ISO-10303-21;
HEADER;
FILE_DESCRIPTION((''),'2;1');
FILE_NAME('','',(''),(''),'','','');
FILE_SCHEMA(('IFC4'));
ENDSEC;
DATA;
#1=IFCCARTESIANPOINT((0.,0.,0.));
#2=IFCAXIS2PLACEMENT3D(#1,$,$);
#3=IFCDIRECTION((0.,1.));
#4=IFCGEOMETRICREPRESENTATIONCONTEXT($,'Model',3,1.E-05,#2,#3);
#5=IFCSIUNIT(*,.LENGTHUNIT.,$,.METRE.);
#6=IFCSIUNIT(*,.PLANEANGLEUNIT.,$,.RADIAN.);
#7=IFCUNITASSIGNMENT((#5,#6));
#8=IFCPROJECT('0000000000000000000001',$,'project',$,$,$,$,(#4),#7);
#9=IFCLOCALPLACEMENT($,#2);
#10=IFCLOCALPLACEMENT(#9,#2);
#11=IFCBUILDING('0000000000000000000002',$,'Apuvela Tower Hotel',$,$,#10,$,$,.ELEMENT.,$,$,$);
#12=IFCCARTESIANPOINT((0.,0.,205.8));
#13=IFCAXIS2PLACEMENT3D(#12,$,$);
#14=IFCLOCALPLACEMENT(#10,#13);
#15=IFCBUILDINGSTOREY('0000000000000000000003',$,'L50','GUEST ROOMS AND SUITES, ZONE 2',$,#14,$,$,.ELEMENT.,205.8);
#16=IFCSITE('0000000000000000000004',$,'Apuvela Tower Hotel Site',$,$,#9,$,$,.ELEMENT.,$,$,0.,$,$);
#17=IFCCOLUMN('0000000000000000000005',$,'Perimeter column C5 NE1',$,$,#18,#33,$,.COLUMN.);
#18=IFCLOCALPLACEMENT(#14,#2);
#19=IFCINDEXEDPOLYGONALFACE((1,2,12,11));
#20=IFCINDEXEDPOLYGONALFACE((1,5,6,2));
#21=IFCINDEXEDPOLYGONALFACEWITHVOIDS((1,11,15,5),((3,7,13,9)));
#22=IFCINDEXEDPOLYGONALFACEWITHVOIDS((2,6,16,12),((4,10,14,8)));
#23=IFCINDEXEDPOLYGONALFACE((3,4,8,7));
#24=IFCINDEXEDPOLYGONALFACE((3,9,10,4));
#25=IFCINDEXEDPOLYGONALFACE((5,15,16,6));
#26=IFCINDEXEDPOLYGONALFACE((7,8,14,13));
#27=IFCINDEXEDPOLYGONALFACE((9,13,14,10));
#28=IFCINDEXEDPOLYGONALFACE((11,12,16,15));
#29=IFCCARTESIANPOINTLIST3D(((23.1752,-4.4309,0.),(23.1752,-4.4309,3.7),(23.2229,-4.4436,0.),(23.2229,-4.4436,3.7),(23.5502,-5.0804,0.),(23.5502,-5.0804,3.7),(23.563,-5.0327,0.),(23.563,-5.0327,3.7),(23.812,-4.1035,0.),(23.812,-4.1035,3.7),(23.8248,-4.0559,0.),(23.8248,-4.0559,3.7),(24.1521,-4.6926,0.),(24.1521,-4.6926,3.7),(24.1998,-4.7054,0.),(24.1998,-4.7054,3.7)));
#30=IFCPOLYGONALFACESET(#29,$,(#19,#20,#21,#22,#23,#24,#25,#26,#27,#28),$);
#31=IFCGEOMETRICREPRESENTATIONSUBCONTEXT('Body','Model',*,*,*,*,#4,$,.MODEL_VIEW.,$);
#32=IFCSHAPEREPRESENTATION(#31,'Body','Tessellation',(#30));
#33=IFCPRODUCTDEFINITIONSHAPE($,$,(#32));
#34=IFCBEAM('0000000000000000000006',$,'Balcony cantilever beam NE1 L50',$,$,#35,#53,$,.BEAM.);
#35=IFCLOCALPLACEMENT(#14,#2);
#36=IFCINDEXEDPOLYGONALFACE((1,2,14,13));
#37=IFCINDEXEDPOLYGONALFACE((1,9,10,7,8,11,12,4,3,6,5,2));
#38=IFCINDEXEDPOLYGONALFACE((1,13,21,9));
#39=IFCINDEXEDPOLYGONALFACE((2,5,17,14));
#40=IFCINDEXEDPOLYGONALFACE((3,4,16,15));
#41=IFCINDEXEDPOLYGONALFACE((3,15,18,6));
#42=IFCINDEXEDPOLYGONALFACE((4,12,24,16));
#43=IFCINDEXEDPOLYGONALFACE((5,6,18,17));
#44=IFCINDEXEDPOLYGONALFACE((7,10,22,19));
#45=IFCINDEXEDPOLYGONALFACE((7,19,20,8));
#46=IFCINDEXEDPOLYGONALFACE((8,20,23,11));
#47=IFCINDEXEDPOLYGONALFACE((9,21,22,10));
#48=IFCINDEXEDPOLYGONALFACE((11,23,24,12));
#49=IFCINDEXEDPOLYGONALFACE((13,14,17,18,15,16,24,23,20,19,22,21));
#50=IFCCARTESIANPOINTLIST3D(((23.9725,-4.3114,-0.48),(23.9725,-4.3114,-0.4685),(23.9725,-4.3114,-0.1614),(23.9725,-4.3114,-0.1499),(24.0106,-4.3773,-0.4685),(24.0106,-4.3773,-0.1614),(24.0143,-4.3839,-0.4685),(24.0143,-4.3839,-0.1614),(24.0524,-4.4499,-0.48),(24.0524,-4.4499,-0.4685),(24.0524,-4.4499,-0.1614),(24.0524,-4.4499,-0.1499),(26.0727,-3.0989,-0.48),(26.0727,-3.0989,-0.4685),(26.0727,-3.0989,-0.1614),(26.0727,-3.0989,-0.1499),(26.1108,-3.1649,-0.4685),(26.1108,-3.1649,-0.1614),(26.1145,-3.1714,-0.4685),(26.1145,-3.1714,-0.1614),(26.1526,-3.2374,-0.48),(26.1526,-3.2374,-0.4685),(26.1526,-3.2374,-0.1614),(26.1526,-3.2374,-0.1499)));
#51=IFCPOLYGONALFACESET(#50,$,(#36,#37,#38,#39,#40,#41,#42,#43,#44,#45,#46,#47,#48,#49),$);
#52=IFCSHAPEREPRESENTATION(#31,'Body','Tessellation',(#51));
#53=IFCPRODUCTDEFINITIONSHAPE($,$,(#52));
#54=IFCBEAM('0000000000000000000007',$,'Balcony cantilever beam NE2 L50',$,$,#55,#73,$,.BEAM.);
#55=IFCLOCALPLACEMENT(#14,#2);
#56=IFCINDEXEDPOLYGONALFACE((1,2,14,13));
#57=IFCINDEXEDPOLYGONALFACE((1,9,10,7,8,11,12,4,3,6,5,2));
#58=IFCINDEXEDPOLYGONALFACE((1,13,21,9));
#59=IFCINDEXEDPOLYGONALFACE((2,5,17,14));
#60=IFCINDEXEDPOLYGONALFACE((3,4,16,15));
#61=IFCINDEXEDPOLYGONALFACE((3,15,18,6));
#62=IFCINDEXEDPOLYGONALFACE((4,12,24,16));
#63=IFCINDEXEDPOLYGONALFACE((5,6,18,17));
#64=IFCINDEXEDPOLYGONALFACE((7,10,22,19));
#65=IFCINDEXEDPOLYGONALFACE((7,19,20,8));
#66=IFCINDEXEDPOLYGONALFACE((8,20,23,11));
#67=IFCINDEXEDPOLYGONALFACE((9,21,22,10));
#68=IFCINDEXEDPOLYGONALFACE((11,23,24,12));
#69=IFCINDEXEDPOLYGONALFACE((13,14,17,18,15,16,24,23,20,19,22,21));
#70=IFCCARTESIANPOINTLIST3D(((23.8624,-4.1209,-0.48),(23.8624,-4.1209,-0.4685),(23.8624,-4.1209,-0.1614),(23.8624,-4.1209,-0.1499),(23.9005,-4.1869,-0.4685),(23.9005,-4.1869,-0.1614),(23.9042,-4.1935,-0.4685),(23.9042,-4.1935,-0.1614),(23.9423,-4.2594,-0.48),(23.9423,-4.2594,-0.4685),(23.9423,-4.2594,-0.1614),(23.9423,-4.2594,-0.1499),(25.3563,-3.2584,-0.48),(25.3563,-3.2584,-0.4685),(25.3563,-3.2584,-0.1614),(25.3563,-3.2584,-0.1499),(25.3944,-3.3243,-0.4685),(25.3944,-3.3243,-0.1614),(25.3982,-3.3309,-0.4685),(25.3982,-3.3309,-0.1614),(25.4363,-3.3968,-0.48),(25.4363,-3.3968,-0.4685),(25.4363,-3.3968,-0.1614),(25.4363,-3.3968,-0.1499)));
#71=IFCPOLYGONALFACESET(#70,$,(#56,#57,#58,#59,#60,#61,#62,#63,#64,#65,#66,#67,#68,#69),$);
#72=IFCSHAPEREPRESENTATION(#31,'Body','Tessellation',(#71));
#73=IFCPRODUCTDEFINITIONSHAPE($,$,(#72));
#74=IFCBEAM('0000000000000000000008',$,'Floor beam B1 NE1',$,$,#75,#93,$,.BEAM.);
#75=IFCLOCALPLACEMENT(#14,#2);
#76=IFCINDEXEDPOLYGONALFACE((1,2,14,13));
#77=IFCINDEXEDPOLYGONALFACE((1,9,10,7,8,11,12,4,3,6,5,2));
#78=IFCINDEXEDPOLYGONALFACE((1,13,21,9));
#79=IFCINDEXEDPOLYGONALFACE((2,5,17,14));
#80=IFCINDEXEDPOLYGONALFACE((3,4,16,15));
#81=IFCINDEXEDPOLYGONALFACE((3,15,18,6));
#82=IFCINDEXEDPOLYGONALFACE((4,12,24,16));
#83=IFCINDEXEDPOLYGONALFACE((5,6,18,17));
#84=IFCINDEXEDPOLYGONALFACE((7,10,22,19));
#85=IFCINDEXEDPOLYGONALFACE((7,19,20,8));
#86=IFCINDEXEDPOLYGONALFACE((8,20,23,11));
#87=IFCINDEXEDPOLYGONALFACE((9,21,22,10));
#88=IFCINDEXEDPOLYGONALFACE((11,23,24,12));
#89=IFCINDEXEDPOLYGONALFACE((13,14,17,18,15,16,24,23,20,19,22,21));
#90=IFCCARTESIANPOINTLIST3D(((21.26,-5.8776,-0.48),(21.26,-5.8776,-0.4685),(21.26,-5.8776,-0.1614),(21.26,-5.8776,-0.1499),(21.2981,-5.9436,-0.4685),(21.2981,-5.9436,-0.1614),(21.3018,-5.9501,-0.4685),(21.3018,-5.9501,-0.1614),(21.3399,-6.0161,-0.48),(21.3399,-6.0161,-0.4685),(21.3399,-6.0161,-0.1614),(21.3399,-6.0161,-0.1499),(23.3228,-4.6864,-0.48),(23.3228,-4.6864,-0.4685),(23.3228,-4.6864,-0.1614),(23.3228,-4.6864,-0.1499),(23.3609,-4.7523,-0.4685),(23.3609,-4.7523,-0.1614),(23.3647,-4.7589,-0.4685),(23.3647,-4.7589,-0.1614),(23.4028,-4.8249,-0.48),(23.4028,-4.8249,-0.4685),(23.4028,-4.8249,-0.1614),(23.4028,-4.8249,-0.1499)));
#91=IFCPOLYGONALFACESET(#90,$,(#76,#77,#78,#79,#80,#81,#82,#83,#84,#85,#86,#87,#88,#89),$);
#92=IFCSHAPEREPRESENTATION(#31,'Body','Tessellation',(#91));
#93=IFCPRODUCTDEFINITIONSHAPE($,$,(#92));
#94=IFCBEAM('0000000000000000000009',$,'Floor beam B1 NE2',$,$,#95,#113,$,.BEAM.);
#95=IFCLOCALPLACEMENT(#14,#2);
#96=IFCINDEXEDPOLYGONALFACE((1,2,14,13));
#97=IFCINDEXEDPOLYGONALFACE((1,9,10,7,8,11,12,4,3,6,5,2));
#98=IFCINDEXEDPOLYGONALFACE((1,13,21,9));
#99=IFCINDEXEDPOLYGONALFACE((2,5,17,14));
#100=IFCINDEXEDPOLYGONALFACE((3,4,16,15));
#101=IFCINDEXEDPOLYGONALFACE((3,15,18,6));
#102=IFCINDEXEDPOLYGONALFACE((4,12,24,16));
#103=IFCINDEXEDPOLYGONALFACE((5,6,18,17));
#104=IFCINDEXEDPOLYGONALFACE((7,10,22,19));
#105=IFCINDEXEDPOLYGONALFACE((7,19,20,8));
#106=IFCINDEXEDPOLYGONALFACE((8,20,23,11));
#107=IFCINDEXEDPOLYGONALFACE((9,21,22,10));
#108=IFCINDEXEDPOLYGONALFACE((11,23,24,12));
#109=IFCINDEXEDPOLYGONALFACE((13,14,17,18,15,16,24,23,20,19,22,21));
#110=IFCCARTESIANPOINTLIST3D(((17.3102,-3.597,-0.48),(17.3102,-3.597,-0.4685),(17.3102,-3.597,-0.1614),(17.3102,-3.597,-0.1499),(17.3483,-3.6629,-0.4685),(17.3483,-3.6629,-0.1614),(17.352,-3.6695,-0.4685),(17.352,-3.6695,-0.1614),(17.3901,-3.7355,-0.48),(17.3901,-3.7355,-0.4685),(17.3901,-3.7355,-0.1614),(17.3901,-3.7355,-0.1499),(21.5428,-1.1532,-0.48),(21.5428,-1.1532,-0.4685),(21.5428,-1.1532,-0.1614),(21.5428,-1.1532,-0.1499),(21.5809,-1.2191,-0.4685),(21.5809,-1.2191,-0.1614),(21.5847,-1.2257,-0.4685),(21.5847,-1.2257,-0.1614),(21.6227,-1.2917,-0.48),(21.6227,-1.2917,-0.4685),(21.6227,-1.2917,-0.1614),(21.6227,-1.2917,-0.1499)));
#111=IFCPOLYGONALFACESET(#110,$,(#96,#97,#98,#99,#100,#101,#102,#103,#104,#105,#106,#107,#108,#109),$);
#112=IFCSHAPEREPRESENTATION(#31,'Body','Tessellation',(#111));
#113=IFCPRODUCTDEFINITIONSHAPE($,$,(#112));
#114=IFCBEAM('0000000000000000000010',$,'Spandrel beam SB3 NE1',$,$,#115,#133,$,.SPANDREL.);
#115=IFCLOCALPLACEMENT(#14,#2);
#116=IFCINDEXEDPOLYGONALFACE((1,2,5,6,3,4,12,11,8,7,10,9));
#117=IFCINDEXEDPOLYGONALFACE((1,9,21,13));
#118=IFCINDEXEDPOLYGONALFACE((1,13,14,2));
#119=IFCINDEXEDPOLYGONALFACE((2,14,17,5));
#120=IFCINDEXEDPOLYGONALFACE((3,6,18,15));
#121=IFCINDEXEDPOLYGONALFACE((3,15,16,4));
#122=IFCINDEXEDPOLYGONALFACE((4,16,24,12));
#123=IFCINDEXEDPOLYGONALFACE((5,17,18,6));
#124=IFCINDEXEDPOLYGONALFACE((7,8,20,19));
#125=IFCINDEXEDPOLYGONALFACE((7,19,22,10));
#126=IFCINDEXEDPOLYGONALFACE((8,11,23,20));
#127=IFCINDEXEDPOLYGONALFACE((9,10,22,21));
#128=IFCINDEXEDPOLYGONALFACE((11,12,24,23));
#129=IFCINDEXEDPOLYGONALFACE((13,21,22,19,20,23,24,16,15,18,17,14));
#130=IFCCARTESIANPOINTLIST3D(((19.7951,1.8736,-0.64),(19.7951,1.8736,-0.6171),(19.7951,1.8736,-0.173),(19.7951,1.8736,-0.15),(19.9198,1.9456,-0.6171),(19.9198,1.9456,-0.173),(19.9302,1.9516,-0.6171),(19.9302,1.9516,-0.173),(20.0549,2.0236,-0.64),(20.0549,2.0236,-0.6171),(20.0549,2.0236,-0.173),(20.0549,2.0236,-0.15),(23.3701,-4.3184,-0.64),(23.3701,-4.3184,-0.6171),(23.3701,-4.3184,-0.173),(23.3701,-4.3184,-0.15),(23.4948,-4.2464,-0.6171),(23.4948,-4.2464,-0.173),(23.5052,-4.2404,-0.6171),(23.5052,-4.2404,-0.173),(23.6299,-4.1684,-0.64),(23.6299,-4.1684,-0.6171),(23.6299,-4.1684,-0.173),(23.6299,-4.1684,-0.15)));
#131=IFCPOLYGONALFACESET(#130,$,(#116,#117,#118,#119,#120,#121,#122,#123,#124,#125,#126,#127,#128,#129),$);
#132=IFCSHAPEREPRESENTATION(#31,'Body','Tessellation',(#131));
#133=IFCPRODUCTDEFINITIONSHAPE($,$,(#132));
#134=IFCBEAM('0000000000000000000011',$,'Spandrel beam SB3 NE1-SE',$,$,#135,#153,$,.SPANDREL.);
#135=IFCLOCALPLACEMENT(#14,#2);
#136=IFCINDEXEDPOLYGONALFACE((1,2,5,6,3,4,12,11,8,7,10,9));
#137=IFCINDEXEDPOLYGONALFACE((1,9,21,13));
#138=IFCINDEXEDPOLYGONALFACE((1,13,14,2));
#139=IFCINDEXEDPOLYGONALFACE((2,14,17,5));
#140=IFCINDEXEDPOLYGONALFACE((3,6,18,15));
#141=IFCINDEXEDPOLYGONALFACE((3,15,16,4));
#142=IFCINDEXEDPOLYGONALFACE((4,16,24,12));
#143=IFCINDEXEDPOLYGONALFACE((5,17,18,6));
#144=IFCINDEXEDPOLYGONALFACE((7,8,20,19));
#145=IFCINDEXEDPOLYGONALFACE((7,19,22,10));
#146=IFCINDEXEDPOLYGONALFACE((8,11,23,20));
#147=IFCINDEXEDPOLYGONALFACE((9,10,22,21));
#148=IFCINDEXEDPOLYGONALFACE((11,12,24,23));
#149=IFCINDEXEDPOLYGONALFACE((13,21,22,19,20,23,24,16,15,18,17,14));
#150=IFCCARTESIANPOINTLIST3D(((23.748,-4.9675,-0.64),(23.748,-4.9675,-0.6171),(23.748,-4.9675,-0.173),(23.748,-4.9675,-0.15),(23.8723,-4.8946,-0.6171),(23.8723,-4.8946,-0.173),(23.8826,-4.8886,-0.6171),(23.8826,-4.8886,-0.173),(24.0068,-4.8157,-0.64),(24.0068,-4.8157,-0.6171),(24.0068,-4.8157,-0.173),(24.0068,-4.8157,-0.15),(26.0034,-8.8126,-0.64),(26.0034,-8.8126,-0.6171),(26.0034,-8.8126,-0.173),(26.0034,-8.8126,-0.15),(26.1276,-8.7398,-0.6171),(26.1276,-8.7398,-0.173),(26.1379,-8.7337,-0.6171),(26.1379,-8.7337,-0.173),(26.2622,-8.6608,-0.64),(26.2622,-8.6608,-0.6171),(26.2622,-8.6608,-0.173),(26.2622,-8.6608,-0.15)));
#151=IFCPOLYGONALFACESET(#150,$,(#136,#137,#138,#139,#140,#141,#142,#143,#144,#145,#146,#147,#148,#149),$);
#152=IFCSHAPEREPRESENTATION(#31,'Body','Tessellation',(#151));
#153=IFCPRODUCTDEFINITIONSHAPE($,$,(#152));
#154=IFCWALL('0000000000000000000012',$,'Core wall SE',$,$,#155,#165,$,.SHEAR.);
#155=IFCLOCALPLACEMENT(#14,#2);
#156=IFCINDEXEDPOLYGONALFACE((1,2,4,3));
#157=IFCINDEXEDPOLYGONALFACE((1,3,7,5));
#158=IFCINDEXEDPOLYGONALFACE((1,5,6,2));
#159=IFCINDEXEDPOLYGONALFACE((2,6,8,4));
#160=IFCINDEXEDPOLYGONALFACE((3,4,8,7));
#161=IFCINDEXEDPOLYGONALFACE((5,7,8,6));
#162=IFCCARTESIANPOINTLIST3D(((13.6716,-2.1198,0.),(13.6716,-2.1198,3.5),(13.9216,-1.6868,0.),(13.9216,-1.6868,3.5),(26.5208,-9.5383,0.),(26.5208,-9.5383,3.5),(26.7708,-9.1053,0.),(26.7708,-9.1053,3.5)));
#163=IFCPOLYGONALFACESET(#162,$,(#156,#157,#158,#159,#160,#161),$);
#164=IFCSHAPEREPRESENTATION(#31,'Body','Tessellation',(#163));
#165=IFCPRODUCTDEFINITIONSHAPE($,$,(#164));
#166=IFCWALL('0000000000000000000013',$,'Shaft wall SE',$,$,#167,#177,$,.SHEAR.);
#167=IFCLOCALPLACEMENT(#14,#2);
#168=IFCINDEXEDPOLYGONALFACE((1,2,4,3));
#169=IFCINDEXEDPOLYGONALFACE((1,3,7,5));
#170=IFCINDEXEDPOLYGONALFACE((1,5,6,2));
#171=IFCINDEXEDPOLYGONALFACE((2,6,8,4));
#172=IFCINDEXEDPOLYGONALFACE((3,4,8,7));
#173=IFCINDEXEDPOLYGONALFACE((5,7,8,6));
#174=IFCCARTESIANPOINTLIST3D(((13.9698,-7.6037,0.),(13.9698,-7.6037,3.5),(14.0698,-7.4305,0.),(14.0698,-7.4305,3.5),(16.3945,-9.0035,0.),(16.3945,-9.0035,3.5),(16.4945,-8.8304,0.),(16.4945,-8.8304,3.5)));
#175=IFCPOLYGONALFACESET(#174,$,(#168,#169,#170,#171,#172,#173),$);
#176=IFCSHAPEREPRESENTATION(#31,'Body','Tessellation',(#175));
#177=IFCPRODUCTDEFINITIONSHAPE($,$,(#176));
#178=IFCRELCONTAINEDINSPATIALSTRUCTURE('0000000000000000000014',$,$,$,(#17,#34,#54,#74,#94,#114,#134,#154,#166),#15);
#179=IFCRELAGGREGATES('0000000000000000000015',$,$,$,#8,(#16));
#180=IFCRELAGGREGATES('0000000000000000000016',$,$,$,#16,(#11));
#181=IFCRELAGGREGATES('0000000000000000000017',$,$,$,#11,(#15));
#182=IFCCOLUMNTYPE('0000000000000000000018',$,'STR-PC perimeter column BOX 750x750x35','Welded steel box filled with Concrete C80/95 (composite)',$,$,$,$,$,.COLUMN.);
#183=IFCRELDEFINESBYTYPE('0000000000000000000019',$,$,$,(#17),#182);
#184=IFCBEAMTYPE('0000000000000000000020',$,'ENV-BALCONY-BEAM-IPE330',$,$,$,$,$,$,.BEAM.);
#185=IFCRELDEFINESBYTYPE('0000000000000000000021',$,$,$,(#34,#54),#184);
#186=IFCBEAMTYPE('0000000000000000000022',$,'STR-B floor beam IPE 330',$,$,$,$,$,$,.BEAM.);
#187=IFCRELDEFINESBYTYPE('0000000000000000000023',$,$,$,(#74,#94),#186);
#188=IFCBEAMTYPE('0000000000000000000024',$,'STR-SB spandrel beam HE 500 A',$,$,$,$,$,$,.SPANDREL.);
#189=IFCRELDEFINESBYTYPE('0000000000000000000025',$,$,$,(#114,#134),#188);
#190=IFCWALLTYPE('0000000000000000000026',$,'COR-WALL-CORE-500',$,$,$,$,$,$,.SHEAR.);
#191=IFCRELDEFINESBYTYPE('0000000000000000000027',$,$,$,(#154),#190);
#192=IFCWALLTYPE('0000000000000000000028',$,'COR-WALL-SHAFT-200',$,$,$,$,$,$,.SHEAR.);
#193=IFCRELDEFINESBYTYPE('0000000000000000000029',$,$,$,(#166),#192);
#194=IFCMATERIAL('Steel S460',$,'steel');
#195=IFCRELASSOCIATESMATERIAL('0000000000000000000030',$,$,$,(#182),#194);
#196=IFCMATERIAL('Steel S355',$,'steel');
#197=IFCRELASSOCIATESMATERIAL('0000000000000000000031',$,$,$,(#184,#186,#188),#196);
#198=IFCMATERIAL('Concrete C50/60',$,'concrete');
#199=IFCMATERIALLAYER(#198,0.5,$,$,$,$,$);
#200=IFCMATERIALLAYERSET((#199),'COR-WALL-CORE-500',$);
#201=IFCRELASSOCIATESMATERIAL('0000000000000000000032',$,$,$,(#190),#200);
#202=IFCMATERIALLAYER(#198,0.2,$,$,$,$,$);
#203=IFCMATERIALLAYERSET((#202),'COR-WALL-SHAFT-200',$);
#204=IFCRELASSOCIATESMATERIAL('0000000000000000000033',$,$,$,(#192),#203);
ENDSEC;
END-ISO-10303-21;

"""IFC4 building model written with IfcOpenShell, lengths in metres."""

from ifc_helpers import new_model, si_unit, direction, frame, frame_2d, origin, origin_2d, place, context, subcontext, project, spatial, rectangle, hollow_rectangle, i_section, extrude, material, layer, layer_set, material_profile, profile_set, type_object, element, save


model = new_model("IFC4")

# Units and contexts
model_context = context("Model", 3, precision=1e-05, world=origin(), true_north=direction((0.0, 1.0)))
body_context = subcontext(model_context, "Body", "Model", "MODEL_VIEW")
ifc_project = project(units=[si_unit("LENGTHUNIT", "METRE"), si_unit("PLANEANGLEUNIT", "RADIAN")], contexts=[model_context])

# Site, building, storey
site_placement = place(None, origin())
site = spatial("IfcSite", under=ifc_project, at=site_placement, Name="Apuvela Tower Hotel Site", CompositionType="ELEMENT", RefElevation=0.0)
building_placement = place(site_placement, origin())
building = spatial("IfcBuilding", under=site, at=building_placement, Name="Apuvela Tower Hotel", CompositionType="ELEMENT")
storey_placement = place(building_placement, frame((0.0, 0.0, 205.8)))
storey = spatial("IfcBuildingStorey", under=building, at=storey_placement, Name="L50", Description="GUEST ROOMS AND SUITES, ZONE 2", CompositionType="ELEMENT", Elevation=205.8)

# Column
ifc_material_1 = material(Name="Steel S460", Category="steel")
ifc_material_profile_1 = material_profile(ifc_material_1, hollow_rectangle(XDim=0.75, YDim=0.75, WallThickness=0.0349, at=origin_2d()), Name="BOX 750x750x35")
ifc_material_2 = material(Name="Concrete C80/95", Category="concrete")
ifc_material_profile_2 = material_profile(ifc_material_2, rectangle(XDim=0.6799, YDim=0.6799, at=origin_2d()), Name="Concrete C80/95 infill")
ifc_profile_set_1 = profile_set([ifc_material_profile_1, ifc_material_profile_2], Name="Steel S460")
column_type = type_object("IfcColumnType", Name="STR-PC perimeter column BOX 750x750x35", Description="Welded steel box filled with Concrete C80/95 (composite)", PredefinedType="COLUMN", material=ifc_profile_set_1)
column_placement = place(storey_placement, frame((23.6875, -4.5681, 0.0), z_axis=(0.0, 0.0, 1.0), x_axis=(-0.5, 0.866025, 0.0)))
element("IfcColumn", 1, at=column_placement, inside=storey, type_object=column_type, Name="Perimeter column C5 NE1", PredefinedType="COLUMN", context=body_context, shape_type="SweptSolid", body=[
    extrude(hollow_rectangle(XDim=0.75, YDim=0.75, WallThickness=0.0349, at=origin_2d()), origin(), (0.0, 0.0, 1.0), 3.7),
])

# Beams
ifc_material_3 = material(Name="Steel S355", Category="steel")
ifc_material_profile_3 = material_profile(ifc_material_3, i_section(OverallWidth=0.1599, OverallDepth=0.3301, WebThickness=0.0076, FlangeThickness=0.0115, at=origin_2d()), Name="IPE 330")
ifc_profile_set_2 = profile_set([ifc_material_profile_3], Name="Steel S355")
beam_type_1 = type_object("IfcBeamType", Name="ENV-BALCONY-BEAM-IPE330", PredefinedType="BEAM", material=ifc_profile_set_2)
beam_1_placement = place(storey_placement, frame((24.0125, -4.3806, -0.3149), z_axis=(0.866041, 0.499972, 0.0), x_axis=(-0.499972, 0.866041, 0.0)))
element("IfcBeam", 2, at=beam_1_placement, inside=storey, type_object=beam_type_1, Name="Balcony cantilever beam NE1 L50", PredefinedType="BEAM", context=body_context, shape_type="SweptSolid", body=[
    extrude(i_section(OverallWidth=0.1599, OverallDepth=0.3301, WebThickness=0.0076, FlangeThickness=0.0115, at=origin_2d()), origin(), (0.0, 0.0, 1.0), 2.425),
])
beam_2_placement = place(storey_placement, frame((23.9023, -4.1902, -0.3149), z_axis=(0.866014, 0.500021, 0.0), x_axis=(-0.500021, 0.866014, 0.0)))
element("IfcBeam", 3, at=beam_2_placement, inside=storey, type_object=beam_type_1, Name="Balcony cantilever beam NE2 L50", PredefinedType="BEAM", context=body_context, shape_type="SweptSolid", body=[
    extrude(i_section(OverallWidth=0.1599, OverallDepth=0.3301, WebThickness=0.0076, FlangeThickness=0.0115, at=origin_2d()), origin(), (0.0, 0.0, 1.0), 1.7251),
])
ifc_material_profile_4 = material_profile(ifc_material_3, i_section(OverallWidth=0.1599, OverallDepth=0.3301, WebThickness=0.0076, FlangeThickness=0.0115, at=origin_2d()), Name="IPE 330")
ifc_profile_set_3 = profile_set([ifc_material_profile_4], Name="Steel S355")
beam_type_2 = type_object("IfcBeamType", Name="STR-B floor beam IPE 330", PredefinedType="BEAM", material=ifc_profile_set_3)
beam_3_placement = place(storey_placement, frame((23.3628, -4.7556, -0.3149), z_axis=(-0.865982, -0.500074, 0.0), x_axis=(0.500074, -0.865982, 0.0)))
element("IfcBeam", 4, at=beam_3_placement, inside=storey, type_object=beam_type_2, Name="Floor beam B1 NE1", PredefinedType="BEAM", context=body_context, shape_type="SweptSolid", body=[
    extrude(i_section(OverallWidth=0.1599, OverallDepth=0.3301, WebThickness=0.0076, FlangeThickness=0.0115, at=origin_2d()), origin(), (0.0, 0.0, 1.0), 2.3821),
])
beam_4_placement = place(storey_placement, frame((21.5828, -1.2224, -0.3149), z_axis=(-0.866015, -0.500018, 0.0), x_axis=(0.500018, -0.866015, 0.0)))
element("IfcBeam", 5, at=beam_4_placement, inside=storey, type_object=beam_type_2, Name="Floor beam B1 NE2", PredefinedType="BEAM", context=body_context, shape_type="SweptSolid", body=[
    extrude(i_section(OverallWidth=0.1599, OverallDepth=0.3301, WebThickness=0.0076, FlangeThickness=0.0115, at=origin_2d()), origin(), (0.0, 0.0, 1.0), 4.8875),
])
ifc_material_profile_5 = material_profile(ifc_material_3, i_section(OverallWidth=0.3, OverallDepth=0.49, WebThickness=0.012, FlangeThickness=0.0229, at=origin_2d()), Name="HE 500 A")
ifc_profile_set_4 = profile_set([ifc_material_profile_5], Name="Steel S355")
beam_type_3 = type_object("IfcBeamType", Name="STR-SB spandrel beam HE 500 A", PredefinedType="SPANDREL", material=ifc_profile_set_4)
beam_5_placement = place(storey_placement, frame((23.5, -4.2434, -0.395), z_axis=(-0.500006, 0.866022, 0.0), x_axis=(-0.866022, -0.500006, 0.0)))
element("IfcBeam", 6, at=beam_5_placement, inside=storey, type_object=beam_type_3, Name="Spandrel beam SB3 NE1", PredefinedType="SPANDREL", context=body_context, shape_type="SweptSolid", body=[
    extrude(i_section(OverallWidth=0.3, OverallDepth=0.49, WebThickness=0.012, FlangeThickness=0.0229, at=origin_2d()), origin(), (0.0, 0.0, 1.0), 7.1499),
])
beam_6_placement = place(storey_placement, frame((23.8774, -4.8916, -0.395), z_axis=(0.505933, -0.862573, 0.0), x_axis=(0.862573, 0.505933, 0.0)))
element("IfcBeam", 7, at=beam_6_placement, inside=storey, type_object=beam_type_3, Name="Spandrel beam SB3 NE1-SE", PredefinedType="SPANDREL", context=body_context, shape_type="SweptSolid", body=[
    extrude(i_section(OverallWidth=0.3, OverallDepth=0.49, WebThickness=0.012, FlangeThickness=0.0229, at=origin_2d()), origin(), (0.0, 0.0, 1.0), 4.4578),
])

# Walls
ifc_material_4 = material(Name="Concrete C50/60", Category="concrete")
ifc_layer_1 = layer(ifc_material_4, 0.5)
ifc_layer_set_1 = layer_set([ifc_layer_1], Name="COR-WALL-CORE-500")
wall_type_1 = type_object("IfcWallType", Name="COR-WALL-CORE-500", PredefinedType="SHEAR", material=ifc_layer_set_1)
wall_1_placement = place(storey_placement, frame((13.7966, -1.9033, 0.0), z_axis=(0.0, 0.0, 1.0), x_axis=(0.866025, -0.500001, 0.0)))
element("IfcWall", 8, at=wall_1_placement, inside=storey, type_object=wall_type_1, Name="Core wall SE", PredefinedType="SHEAR", context=body_context, shape_type="SweptSolid", body=[
    extrude(rectangle(XDim=14.8369, YDim=0.5, at=frame_2d((7.4185, 0.0))), origin(), (0.0, 0.0, 1.0), 3.5),
])
ifc_layer_2 = layer(ifc_material_4, 0.2)
ifc_layer_set_2 = layer_set([ifc_layer_2], Name="COR-WALL-SHAFT-200")
wall_type_2 = type_object("IfcWallType", Name="COR-WALL-SHAFT-200", PredefinedType="SHEAR", material=ifc_layer_set_2)
wall_2_placement = place(storey_placement, frame((14.0198, -7.5171, 0.0), z_axis=(0.0, 0.0, 1.0), x_axis=(0.866035, -0.499984, 0.0)))
element("IfcWall", 9, at=wall_2_placement, inside=storey, type_object=wall_type_2, Name="Shaft wall SE", PredefinedType="SHEAR", context=body_context, shape_type="SweptSolid", body=[
    extrude(rectangle(XDim=2.7998, YDim=0.2, at=frame_2d((1.3999, 0.0))), origin(), (0.0, 0.0, 1.0), 3.5),
])

save(model, "model.ifc")
